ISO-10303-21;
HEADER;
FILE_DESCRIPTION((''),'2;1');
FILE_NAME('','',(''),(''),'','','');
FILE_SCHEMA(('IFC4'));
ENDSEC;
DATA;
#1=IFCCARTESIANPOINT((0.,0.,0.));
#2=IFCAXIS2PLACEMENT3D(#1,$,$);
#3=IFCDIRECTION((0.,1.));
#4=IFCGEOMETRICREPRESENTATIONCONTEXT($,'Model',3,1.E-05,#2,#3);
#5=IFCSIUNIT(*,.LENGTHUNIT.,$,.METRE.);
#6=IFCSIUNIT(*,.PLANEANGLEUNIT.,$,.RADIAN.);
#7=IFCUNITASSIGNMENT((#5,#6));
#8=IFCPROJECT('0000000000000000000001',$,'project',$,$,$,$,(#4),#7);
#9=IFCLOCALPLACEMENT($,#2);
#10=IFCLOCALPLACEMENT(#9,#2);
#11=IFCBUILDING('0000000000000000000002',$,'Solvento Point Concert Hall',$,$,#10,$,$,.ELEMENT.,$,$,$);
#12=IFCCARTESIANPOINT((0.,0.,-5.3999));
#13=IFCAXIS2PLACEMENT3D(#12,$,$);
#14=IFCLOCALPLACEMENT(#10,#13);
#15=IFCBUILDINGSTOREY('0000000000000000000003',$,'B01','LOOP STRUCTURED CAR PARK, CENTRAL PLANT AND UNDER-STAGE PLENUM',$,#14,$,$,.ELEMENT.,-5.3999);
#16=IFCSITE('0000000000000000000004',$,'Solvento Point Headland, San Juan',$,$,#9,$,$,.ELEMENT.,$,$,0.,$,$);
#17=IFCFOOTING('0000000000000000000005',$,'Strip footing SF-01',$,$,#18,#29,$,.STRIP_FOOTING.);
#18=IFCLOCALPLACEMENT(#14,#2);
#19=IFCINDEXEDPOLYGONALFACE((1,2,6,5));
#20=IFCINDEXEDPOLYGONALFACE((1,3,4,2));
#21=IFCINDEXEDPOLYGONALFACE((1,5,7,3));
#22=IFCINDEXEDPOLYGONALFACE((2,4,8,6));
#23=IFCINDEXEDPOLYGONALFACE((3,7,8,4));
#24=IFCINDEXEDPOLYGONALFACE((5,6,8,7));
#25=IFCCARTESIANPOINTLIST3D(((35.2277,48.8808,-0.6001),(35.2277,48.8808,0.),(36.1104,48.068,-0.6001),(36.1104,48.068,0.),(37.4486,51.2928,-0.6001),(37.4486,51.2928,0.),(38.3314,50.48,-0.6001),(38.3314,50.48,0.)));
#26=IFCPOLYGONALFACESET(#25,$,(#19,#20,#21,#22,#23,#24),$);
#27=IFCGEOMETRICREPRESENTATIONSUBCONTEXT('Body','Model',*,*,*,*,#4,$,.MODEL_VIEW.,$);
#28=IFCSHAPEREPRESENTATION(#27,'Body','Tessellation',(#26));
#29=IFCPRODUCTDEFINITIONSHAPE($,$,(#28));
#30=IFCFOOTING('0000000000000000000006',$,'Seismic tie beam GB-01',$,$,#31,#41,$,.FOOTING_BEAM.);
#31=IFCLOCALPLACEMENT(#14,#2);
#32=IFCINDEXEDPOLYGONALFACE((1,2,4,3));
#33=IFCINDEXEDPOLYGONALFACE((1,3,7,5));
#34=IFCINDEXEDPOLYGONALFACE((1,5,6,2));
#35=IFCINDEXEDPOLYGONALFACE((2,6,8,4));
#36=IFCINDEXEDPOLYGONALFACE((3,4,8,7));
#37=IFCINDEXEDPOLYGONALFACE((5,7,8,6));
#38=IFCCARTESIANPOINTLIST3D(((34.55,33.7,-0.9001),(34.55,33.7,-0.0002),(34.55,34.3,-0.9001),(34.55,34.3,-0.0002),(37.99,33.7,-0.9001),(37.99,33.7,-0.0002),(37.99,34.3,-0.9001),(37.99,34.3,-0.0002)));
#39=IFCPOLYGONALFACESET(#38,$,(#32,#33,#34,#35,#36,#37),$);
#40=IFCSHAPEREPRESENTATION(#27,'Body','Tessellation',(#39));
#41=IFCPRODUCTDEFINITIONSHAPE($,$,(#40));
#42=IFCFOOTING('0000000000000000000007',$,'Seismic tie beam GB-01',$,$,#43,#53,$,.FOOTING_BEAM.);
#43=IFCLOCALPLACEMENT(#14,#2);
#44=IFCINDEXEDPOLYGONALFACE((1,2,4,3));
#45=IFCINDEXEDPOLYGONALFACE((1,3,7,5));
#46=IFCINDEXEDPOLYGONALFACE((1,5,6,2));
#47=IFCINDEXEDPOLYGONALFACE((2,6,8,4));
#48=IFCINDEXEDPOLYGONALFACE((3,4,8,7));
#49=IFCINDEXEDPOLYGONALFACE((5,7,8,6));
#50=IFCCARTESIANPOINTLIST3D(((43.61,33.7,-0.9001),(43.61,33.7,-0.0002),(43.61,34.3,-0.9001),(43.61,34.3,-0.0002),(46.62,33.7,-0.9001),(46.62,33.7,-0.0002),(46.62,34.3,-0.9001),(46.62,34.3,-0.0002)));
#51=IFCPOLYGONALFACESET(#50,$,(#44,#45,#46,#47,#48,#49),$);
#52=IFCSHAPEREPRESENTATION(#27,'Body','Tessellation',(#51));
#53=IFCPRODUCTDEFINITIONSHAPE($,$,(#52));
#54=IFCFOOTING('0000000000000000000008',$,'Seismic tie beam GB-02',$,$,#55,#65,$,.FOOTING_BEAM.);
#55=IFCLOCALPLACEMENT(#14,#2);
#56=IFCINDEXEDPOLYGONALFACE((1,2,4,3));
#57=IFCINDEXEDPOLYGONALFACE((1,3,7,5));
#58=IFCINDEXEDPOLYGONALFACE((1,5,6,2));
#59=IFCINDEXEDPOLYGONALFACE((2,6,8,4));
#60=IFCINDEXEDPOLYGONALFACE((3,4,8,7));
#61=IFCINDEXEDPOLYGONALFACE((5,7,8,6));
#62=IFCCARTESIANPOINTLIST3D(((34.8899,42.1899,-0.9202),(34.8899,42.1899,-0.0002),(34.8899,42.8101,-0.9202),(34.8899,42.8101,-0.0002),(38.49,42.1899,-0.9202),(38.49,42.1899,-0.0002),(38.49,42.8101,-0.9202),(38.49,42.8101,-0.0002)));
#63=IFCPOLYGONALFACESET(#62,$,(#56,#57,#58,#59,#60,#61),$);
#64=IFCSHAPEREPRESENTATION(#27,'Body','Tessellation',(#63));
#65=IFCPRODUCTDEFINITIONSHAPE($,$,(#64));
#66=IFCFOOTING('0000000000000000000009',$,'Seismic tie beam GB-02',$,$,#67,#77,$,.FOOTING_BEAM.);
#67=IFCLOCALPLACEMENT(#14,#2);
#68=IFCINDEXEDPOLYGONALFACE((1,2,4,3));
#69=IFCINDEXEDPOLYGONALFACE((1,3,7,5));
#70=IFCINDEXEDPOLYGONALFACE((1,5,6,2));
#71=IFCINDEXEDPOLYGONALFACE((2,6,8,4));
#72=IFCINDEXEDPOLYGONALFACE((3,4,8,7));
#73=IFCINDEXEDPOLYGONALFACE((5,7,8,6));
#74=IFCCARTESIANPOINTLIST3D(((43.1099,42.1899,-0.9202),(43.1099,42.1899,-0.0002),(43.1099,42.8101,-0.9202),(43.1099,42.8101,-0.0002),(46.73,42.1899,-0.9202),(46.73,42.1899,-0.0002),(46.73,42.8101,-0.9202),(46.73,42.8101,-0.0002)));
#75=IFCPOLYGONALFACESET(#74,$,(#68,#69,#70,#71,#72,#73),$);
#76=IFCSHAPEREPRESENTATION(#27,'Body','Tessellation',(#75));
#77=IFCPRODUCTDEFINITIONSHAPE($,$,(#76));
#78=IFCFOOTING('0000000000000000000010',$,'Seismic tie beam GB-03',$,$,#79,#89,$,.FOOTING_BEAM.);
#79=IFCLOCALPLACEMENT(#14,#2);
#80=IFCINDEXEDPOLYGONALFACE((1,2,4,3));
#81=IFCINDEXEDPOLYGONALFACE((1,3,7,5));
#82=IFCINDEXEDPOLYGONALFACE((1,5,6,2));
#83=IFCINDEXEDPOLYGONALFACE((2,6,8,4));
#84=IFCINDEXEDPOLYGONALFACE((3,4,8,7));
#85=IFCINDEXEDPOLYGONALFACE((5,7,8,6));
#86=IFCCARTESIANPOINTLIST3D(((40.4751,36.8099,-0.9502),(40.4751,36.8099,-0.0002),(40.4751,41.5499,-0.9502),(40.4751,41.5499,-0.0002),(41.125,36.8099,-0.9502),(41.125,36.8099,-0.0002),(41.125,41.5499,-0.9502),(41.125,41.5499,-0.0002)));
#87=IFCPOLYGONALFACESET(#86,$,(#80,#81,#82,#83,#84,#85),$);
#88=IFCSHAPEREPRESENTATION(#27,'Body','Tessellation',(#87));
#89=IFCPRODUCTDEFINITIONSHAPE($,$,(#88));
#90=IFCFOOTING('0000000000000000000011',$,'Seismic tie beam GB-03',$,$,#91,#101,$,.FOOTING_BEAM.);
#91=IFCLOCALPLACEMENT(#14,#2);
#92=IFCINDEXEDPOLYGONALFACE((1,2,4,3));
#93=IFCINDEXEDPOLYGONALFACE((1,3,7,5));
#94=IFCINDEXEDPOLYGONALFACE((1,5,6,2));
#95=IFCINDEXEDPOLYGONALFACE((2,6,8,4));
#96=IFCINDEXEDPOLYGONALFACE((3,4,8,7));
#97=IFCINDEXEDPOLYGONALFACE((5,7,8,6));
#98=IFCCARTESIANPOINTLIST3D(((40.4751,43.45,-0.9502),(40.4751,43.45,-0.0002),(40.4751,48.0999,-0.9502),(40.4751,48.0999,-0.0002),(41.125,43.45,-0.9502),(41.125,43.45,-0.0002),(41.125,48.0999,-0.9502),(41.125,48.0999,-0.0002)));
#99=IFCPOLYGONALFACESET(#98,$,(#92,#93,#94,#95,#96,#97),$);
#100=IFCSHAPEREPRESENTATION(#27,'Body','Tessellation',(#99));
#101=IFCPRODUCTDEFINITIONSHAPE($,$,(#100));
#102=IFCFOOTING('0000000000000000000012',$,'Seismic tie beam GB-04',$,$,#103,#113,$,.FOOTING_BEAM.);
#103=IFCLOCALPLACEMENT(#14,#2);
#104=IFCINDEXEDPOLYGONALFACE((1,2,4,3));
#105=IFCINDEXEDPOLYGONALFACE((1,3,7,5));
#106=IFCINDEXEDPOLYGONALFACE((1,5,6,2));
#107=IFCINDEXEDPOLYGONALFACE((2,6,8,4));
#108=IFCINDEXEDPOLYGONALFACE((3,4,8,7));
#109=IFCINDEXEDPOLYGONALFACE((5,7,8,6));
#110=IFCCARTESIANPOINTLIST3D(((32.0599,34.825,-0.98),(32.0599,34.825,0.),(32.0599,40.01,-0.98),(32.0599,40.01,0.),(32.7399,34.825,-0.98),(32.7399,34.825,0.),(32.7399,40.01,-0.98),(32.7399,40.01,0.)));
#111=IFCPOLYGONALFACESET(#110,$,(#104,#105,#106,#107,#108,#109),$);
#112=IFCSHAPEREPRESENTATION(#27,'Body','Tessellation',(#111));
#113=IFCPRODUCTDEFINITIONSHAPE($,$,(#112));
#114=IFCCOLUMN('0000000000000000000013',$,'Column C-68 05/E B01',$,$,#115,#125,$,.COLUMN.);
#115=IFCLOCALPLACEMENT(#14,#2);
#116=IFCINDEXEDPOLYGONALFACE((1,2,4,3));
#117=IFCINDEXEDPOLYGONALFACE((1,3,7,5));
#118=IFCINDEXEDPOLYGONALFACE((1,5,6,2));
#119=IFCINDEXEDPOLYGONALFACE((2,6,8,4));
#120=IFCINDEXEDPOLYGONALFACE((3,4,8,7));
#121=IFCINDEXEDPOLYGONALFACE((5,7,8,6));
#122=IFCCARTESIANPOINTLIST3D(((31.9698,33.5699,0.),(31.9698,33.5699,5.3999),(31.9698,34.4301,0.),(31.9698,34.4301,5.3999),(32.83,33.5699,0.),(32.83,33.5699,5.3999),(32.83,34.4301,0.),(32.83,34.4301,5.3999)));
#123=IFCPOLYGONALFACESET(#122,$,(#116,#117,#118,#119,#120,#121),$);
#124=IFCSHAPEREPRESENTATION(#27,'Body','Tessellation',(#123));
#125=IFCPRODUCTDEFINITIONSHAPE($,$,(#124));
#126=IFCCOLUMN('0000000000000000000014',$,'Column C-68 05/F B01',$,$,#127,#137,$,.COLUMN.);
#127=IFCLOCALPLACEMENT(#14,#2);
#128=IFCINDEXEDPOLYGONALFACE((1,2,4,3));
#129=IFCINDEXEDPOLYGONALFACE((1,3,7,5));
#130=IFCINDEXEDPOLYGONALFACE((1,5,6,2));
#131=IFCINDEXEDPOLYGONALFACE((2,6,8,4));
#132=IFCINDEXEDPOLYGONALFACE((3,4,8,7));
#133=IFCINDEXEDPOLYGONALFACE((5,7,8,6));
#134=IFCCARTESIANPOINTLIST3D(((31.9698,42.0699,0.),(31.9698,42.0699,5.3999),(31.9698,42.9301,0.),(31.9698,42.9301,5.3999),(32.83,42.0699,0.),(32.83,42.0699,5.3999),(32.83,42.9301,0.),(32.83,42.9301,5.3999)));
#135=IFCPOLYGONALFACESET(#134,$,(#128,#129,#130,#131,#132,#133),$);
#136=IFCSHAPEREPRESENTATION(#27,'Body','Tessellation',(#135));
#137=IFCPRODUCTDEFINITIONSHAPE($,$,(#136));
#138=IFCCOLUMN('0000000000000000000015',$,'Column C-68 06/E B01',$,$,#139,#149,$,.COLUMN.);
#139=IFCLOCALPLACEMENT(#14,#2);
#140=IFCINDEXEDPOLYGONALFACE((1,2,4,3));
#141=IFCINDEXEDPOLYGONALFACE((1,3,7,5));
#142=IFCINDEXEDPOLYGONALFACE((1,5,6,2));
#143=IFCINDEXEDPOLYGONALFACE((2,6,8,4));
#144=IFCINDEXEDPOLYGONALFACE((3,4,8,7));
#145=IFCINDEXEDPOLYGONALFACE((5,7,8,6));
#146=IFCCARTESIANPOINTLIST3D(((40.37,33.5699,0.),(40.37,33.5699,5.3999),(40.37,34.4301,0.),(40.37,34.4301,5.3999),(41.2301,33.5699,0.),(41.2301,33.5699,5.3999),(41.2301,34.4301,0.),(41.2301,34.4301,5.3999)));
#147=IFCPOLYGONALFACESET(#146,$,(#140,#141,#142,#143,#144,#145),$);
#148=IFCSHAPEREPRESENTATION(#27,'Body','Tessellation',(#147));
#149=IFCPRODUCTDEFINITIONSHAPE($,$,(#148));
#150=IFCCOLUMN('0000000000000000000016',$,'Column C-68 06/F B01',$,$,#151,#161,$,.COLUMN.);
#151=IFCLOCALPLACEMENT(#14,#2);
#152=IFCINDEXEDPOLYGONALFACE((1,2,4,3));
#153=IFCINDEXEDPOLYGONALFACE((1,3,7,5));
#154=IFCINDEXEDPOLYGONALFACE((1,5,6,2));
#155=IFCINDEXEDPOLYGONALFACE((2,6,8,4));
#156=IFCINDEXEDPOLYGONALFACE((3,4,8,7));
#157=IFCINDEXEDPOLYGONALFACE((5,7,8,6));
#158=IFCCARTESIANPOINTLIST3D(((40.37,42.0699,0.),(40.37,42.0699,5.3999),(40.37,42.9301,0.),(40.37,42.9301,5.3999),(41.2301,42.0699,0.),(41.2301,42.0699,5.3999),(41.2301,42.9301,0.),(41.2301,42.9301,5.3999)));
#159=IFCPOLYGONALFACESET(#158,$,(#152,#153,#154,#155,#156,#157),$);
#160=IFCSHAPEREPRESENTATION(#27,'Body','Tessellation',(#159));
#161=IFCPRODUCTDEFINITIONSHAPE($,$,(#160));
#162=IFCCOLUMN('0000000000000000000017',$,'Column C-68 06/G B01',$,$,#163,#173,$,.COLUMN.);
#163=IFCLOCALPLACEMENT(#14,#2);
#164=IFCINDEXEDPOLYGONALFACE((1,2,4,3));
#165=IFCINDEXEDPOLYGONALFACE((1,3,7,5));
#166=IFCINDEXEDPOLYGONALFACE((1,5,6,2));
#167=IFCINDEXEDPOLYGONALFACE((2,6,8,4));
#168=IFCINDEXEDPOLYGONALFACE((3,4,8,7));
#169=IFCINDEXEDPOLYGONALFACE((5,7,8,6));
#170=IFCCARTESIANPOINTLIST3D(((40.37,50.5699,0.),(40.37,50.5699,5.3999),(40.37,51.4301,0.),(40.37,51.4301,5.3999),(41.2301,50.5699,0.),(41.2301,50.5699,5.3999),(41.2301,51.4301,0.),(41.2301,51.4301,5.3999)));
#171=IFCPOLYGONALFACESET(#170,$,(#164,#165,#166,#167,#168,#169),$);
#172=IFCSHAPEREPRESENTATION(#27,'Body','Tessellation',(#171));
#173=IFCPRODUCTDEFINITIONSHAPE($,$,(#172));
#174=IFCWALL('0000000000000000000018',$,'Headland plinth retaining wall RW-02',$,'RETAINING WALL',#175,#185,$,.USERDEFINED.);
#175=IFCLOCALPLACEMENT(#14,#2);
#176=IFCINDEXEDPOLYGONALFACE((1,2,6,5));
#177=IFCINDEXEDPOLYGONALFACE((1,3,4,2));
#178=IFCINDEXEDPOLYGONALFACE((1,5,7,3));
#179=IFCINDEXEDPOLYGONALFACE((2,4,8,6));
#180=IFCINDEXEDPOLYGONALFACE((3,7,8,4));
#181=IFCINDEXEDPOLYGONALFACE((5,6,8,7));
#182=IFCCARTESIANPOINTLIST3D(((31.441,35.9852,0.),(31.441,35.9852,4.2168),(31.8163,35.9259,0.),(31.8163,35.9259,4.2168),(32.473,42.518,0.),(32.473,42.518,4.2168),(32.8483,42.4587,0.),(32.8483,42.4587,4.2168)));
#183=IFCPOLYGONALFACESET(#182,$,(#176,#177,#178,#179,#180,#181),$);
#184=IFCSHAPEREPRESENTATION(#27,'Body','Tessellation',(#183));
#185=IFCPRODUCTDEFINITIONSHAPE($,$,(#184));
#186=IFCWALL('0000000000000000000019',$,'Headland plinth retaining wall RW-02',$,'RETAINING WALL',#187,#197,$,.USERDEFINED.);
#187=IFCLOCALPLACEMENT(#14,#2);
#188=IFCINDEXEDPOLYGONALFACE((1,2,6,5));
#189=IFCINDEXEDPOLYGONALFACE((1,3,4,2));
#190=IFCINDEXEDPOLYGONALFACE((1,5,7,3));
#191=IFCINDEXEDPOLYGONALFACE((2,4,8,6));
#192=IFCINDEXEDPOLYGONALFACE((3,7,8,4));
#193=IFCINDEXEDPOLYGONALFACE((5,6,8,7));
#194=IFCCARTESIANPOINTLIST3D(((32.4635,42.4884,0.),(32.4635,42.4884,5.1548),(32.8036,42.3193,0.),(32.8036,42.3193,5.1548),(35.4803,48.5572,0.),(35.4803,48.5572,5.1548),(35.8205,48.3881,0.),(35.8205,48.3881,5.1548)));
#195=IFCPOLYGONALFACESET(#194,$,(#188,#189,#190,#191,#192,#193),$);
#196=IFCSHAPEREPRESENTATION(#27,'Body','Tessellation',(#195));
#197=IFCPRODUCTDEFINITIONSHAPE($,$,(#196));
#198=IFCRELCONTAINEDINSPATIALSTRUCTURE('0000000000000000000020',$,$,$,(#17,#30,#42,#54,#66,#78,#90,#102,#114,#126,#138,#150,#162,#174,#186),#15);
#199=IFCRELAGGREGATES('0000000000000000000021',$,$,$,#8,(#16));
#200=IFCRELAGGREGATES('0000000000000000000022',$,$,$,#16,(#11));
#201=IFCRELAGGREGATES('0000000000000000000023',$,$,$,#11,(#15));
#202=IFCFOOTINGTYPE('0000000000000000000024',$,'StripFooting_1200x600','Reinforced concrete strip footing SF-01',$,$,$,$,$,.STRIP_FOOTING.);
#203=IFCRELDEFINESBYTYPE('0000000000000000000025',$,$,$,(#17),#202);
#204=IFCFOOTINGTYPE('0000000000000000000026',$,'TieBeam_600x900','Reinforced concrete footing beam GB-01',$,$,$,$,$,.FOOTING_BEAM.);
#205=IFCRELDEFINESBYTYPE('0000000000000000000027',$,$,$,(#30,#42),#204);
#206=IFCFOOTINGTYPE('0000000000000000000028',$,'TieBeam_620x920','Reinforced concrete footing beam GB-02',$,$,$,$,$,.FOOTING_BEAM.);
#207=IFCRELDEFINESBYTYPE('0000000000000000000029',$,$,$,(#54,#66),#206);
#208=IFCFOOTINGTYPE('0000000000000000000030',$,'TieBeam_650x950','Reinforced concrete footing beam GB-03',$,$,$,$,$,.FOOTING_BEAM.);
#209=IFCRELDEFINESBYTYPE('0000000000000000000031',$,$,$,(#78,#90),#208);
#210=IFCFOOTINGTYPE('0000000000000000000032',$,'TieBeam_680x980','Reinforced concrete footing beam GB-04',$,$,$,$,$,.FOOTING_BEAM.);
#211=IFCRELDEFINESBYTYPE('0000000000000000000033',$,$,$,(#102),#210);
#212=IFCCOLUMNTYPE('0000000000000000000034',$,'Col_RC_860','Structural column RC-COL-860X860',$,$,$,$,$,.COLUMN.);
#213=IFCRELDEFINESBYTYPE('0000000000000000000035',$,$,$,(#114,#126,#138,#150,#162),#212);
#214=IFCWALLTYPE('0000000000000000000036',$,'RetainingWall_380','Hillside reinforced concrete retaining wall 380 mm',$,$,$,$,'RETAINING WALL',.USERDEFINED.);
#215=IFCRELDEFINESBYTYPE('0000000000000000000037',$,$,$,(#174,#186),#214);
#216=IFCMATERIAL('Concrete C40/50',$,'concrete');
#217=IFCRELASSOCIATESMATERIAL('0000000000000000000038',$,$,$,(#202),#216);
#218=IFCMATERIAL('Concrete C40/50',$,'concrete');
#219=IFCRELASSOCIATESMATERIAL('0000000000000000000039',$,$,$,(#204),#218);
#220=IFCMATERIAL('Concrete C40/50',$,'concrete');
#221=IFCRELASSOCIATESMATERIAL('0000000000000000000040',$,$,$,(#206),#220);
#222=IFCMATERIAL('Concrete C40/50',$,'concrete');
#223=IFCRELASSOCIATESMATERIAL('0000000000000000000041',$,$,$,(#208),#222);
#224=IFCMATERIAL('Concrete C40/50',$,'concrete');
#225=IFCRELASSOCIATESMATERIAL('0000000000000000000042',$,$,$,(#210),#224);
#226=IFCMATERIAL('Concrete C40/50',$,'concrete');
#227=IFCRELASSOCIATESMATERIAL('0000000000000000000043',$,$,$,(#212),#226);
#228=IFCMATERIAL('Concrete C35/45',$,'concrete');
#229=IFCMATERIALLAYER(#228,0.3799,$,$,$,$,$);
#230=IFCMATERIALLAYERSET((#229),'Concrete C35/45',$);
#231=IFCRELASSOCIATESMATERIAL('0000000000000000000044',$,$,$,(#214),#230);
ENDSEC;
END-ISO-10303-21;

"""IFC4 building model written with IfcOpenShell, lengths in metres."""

from ifc_helpers import new_model, si_unit, direction, frame, frame_2d, origin, origin_2d, place, context, subcontext, project, spatial, rectangle, extrude, material, layer, layer_set, material_profile, profile_set, type_object, element, save


model = new_model("IFC4")

# Units and contexts
model_context = context("Model", 3, precision=1e-05, world=origin(), true_north=direction((0.0, 1.0)))
body_context = subcontext(model_context, "Body", "Model", "MODEL_VIEW")
ifc_project = project(units=[si_unit("LENGTHUNIT", "METRE"), si_unit("PLANEANGLEUNIT", "RADIAN")], contexts=[model_context])

# Site, building, storey
site_placement = place(None, origin())
site = spatial("IfcSite", under=ifc_project, at=site_placement, Name="Solvento Point Headland, San Juan", CompositionType="ELEMENT", RefElevation=0.0)
building_placement = place(site_placement, origin())
building = spatial("IfcBuilding", under=site, at=building_placement, Name="Solvento Point Concert Hall", CompositionType="ELEMENT")
storey_placement = place(building_placement, frame((0.0, 0.0, -5.3999)))
storey = spatial("IfcBuildingStorey", under=building, at=storey_placement, Name="B01", Description="LOOP STRUCTURED CAR PARK, CENTRAL PLANT AND UNDER-STAGE PLENUM", CompositionType="ELEMENT", Elevation=-5.3999)

# Footings
ifc_material_1 = material(Name="Concrete C40/50", Category="concrete")
footing_type_1 = type_object("IfcFootingType", Name="StripFooting_1200x600", Description="Reinforced concrete strip footing SF-01", PredefinedType="STRIP_FOOTING", material=ifc_material_1)
footing_1_placement = place(storey_placement, frame((36.7795, 49.6804, -0.6001), z_axis=(0.0, 0.0, 1.0), x_axis=(0.677367, 0.735646, 0.0)))
element("IfcFooting", 1, at=footing_1_placement, inside=storey, type_object=footing_type_1, Name="Strip footing SF-01", PredefinedType="STRIP_FOOTING", context=body_context, shape_type="SweptSolid", body=[
    extrude(rectangle(XDim=3.2788, YDim=1.2, at=origin_2d()), origin(), (0.0, 0.0, 1.0), 0.6001),
])
ifc_material_2 = material(Name="Concrete C40/50", Category="concrete")
footing_type_2 = type_object("IfcFootingType", Name="TieBeam_600x900", Description="Reinforced concrete footing beam GB-01", PredefinedType="FOOTING_BEAM", material=ifc_material_2)
footing_2_placement = place(storey_placement, frame((36.27, 34.0, -0.9001), z_axis=(0.0, 0.0, 1.0), x_axis=(1.0, 0.0, 0.0)))
element("IfcFooting", 2, at=footing_2_placement, inside=storey, type_object=footing_type_2, Name="Seismic tie beam GB-01", PredefinedType="FOOTING_BEAM", context=body_context, shape_type="SweptSolid", body=[
    extrude(rectangle(XDim=3.4399, YDim=0.6001, at=origin_2d()), origin(), (0.0, 0.0, 1.0), 0.8999),
])
footing_3_placement = place(storey_placement, frame((45.115, 34.0, -0.9001), z_axis=(0.0, 0.0, 1.0), x_axis=(1.0, 0.0, 0.0)))
element("IfcFooting", 3, at=footing_3_placement, inside=storey, type_object=footing_type_2, Name="Seismic tie beam GB-01", PredefinedType="FOOTING_BEAM", context=body_context, shape_type="SweptSolid", body=[
    extrude(rectangle(XDim=3.01, YDim=0.6001, at=origin_2d()), origin(), (0.0, 0.0, 1.0), 0.8999),
])
ifc_material_3 = material(Name="Concrete C40/50", Category="concrete")
footing_type_3 = type_object("IfcFootingType", Name="TieBeam_620x920", Description="Reinforced concrete footing beam GB-02", PredefinedType="FOOTING_BEAM", material=ifc_material_3)
footing_4_placement = place(storey_placement, frame((36.6899, 42.5, -0.9202), z_axis=(0.0, 0.0, 1.0), x_axis=(1.0, 0.0, 0.0)))
element("IfcFooting", 4, at=footing_4_placement, inside=storey, type_object=footing_type_3, Name="Seismic tie beam GB-02", PredefinedType="FOOTING_BEAM", context=body_context, shape_type="SweptSolid", body=[
    extrude(rectangle(XDim=3.6001, YDim=0.6201, at=origin_2d()), origin(), (0.0, 0.0, 1.0), 0.9199),
])
footing_5_placement = place(storey_placement, frame((44.9199, 42.5, -0.9202), z_axis=(0.0, 0.0, 1.0), x_axis=(1.0, 0.0, 0.0)))
element("IfcFooting", 5, at=footing_5_placement, inside=storey, type_object=footing_type_3, Name="Seismic tie beam GB-02", PredefinedType="FOOTING_BEAM", context=body_context, shape_type="SweptSolid", body=[
    extrude(rectangle(XDim=3.6201, YDim=0.6201, at=origin_2d()), origin(), (0.0, 0.0, 1.0), 0.9199),
])
ifc_material_4 = material(Name="Concrete C40/50", Category="concrete")
footing_type_4 = type_object("IfcFootingType", Name="TieBeam_650x950", Description="Reinforced concrete footing beam GB-03", PredefinedType="FOOTING_BEAM", material=ifc_material_4)
footing_6_placement = place(storey_placement, frame((40.8, 39.1799, -0.9502), z_axis=(0.0, 0.0, 1.0), x_axis=(0.0, 1.0, 0.0)))
element("IfcFooting", 6, at=footing_6_placement, inside=storey, type_object=footing_type_4, Name="Seismic tie beam GB-03", PredefinedType="FOOTING_BEAM", context=body_context, shape_type="SweptSolid", body=[
    extrude(rectangle(XDim=4.74, YDim=0.6499, at=origin_2d()), origin(), (0.0, 0.0, 1.0), 0.95),
])
footing_7_placement = place(storey_placement, frame((40.8, 45.7749, -0.9502), z_axis=(0.0, 0.0, 1.0), x_axis=(0.0, 1.0, 0.0)))
element("IfcFooting", 7, at=footing_7_placement, inside=storey, type_object=footing_type_4, Name="Seismic tie beam GB-03", PredefinedType="FOOTING_BEAM", context=body_context, shape_type="SweptSolid", body=[
    extrude(rectangle(XDim=4.6499, YDim=0.6499, at=origin_2d()), origin(), (0.0, 0.0, 1.0), 0.95),
])
ifc_material_5 = material(Name="Concrete C40/50", Category="concrete")
footing_type_5 = type_object("IfcFootingType", Name="TieBeam_680x980", Description="Reinforced concrete footing beam GB-04", PredefinedType="FOOTING_BEAM", material=ifc_material_5)
footing_8_placement = place(storey_placement, frame((32.3999, 37.4175, -0.98), z_axis=(0.0, 0.0, 1.0), x_axis=(0.0, 1.0, 0.0)))
element("IfcFooting", 8, at=footing_8_placement, inside=storey, type_object=footing_type_5, Name="Seismic tie beam GB-04", PredefinedType="FOOTING_BEAM", context=body_context, shape_type="SweptSolid", body=[
    extrude(rectangle(XDim=5.1851, YDim=0.6799, at=origin_2d()), origin(), (0.0, 0.0, 1.0), 0.98),
])

# Columns
ifc_material_6 = material(Name="Concrete C40/50", Category="concrete")
ifc_material_profile_1 = material_profile(ifc_material_6, rectangle(XDim=0.8601, YDim=0.8601, at=origin_2d()), Name="RC-COL-860X860")
ifc_profile_set_1 = profile_set([ifc_material_profile_1], Name="Concrete C40/50")
column_type = type_object("IfcColumnType", Name="Col_RC_860", Description="Structural column RC-COL-860X860", PredefinedType="COLUMN", material=ifc_profile_set_1)
for number, where, z_axis, x_axis, name in (
    (9, (32.3999, 34.0, 0.0), (0.0, 0.0, 1.0), (1.0, 0.0, 0.0), "Column C-68 05/E B01"),
    (10, (32.3999, 42.5, 0.0), (0.0, 0.0, 1.0), (1.0, 0.0, 0.0), "Column C-68 05/F B01"),
    (11, (40.8, 34.0, 0.0), (0.0, 0.0, 1.0), (1.0, 0.0, 0.0), "Column C-68 06/E B01"),
    (12, (40.8, 42.5, 0.0), (0.0, 0.0, 1.0), (1.0, 0.0, 0.0), "Column C-68 06/F B01"),
    (13, (40.8, 51.0, 0.0), (0.0, 0.0, 1.0), (1.0, 0.0, 0.0), "Column C-68 06/G B01"),
):
    element("IfcColumn", number, at=place(storey_placement, frame(where, z_axis=z_axis, x_axis=x_axis)), inside=storey, type_object=column_type, Name=name, PredefinedType="COLUMN", context=body_context, shape_type="SweptSolid", body=[
        extrude(rectangle(XDim=0.8601, YDim=0.8601, at=origin_2d()), origin(), (0.0, 0.0, 1.0), 5.3999),
    ])

# Walls
ifc_material_7 = material(Name="Concrete C35/45", Category="concrete")
ifc_layer = layer(ifc_material_7, 0.3799)
ifc_layer_set = layer_set([ifc_layer], Name="Concrete C35/45")
wall_type = type_object("IfcWallType", Name="RetainingWall_380", Description="Hillside reinforced concrete retaining wall 380 mm", ElementType="RETAINING WALL", PredefinedType="USERDEFINED", material=ifc_layer_set)
wall_1_placement = place(storey_placement, frame((31.6287, 35.9556, 0.0), z_axis=(0.0, 0.0, 1.0), x_axis=(0.156037, 0.987751, 0.0)))
element("IfcWall", 14, at=wall_1_placement, inside=storey, type_object=wall_type, Name="Headland plinth retaining wall RW-02", ObjectType="RETAINING WALL", PredefinedType="USERDEFINED", context=body_context, shape_type="SweptSolid", body=[
    extrude(rectangle(XDim=6.6138, YDim=0.3799, at=frame_2d((3.3069, 0.0))), origin(), (0.0, 0.0, 1.0), 4.2168),
])
wall_2_placement = place(storey_placement, frame((32.6335, 42.4038, 0.0), z_axis=(0.0, 0.0, 1.0), x_axis=(0.445137, 0.895462, 0.0)))
element("IfcWall", 15, at=wall_2_placement, inside=storey, type_object=wall_type, Name="Headland plinth retaining wall RW-02", ObjectType="RETAINING WALL", PredefinedType="USERDEFINED", context=body_context, shape_type="SweptSolid", body=[
    extrude(rectangle(XDim=6.7773, YDim=0.3799, at=frame_2d((3.3887, 0.0))), origin(), (0.0, 0.0, 1.0), 5.1548),
])

save(model, "model.ifc")
